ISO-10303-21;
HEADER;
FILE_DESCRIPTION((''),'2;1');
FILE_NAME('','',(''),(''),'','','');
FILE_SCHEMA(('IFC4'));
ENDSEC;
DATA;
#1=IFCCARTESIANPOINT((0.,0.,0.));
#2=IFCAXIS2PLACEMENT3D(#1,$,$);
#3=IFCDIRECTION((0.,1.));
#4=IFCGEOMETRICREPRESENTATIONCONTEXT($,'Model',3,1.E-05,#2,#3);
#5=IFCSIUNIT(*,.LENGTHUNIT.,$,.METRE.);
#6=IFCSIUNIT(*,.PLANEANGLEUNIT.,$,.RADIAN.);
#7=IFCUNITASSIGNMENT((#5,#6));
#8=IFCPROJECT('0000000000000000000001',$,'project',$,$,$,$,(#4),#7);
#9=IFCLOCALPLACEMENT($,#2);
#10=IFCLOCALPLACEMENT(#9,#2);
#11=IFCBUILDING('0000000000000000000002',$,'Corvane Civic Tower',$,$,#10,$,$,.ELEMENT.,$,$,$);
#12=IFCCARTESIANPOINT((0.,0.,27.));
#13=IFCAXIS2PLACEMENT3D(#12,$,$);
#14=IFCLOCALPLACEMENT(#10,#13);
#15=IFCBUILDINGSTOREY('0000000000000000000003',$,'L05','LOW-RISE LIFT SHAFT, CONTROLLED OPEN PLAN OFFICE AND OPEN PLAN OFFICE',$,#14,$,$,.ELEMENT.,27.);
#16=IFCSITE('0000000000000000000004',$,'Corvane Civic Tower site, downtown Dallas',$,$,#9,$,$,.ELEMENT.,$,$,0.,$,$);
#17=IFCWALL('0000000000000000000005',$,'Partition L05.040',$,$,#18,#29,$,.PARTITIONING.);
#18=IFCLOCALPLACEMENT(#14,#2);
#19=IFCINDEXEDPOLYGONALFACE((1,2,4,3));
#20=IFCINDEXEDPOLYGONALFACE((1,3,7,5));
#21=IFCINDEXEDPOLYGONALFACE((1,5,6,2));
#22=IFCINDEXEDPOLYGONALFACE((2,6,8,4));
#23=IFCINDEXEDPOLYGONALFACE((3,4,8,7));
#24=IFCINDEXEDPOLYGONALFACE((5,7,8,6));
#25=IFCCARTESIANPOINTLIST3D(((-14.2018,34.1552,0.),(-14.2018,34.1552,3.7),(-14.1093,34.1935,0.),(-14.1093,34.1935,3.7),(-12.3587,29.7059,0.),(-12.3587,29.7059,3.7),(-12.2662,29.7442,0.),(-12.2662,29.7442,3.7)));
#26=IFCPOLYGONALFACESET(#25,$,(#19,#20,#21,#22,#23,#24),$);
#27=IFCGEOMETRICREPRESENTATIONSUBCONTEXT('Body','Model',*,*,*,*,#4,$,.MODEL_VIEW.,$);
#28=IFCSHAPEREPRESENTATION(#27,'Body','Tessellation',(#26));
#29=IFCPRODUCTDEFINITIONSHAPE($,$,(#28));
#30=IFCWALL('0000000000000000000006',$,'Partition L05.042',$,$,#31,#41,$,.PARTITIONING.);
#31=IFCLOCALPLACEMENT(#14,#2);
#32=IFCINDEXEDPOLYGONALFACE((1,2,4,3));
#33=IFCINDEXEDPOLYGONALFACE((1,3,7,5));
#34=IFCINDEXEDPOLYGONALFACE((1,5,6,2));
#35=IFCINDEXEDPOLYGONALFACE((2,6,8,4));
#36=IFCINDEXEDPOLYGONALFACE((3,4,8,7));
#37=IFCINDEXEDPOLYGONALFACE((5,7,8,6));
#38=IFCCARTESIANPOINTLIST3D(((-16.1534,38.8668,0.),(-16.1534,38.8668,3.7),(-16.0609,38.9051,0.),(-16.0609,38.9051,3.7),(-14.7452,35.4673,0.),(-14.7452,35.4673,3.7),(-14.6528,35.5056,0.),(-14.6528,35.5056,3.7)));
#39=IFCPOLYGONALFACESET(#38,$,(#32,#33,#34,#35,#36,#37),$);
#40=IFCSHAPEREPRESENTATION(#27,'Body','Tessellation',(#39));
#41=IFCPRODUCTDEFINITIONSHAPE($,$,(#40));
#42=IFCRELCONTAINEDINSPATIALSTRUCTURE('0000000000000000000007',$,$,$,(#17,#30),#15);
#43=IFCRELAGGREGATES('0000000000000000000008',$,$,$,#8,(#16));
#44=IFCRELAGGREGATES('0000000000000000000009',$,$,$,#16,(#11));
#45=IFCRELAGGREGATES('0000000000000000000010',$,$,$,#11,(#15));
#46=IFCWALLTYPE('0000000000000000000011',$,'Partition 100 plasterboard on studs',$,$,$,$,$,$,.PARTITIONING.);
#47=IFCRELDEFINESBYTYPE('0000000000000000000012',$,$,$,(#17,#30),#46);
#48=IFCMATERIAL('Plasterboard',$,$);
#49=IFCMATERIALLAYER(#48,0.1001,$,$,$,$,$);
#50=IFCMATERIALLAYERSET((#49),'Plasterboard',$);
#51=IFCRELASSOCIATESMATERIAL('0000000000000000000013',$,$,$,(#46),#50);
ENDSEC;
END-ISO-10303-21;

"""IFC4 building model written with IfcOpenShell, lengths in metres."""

from ifc_helpers import new_model, si_unit, direction, frame, frame_2d, origin, place, context, subcontext, project, spatial, rectangle, extrude, material, layer, layer_set, type_object, element, save


model = new_model("IFC4")

# Units and contexts
model_context = context("Model", 3, precision=1e-05, world=origin(), true_north=direction((0.0, 1.0)))
body_context = subcontext(model_context, "Body", "Model", "MODEL_VIEW")
ifc_project = project(units=[si_unit("LENGTHUNIT", "METRE"), si_unit("PLANEANGLEUNIT", "RADIAN")], contexts=[model_context])

# Site, building, storey
site_placement = place(None, origin())
site = spatial("IfcSite", under=ifc_project, at=site_placement, Name="Corvane Civic Tower site, downtown Dallas", CompositionType="ELEMENT", RefElevation=0.0)
building_placement = place(site_placement, origin())
building = spatial("IfcBuilding", under=site, at=building_placement, Name="Corvane Civic Tower", CompositionType="ELEMENT")
storey_placement = place(building_placement, frame((0.0, 0.0, 27.0)))
storey = spatial("IfcBuildingStorey", under=building, at=storey_placement, Name="L05", Description="LOW-RISE LIFT SHAFT, CONTROLLED OPEN PLAN OFFICE AND OPEN PLAN OFFICE", CompositionType="ELEMENT", Elevation=27.0)

# Walls
ifc_material_1 = material(Name="Plasterboard")
ifc_layer_1 = layer(ifc_material_1, 0.1001)
ifc_layer_set_1 = layer_set([ifc_layer_1], Name="Plasterboard")
wall_type = type_object("IfcWallType", Name="Partition 100 plasterboard on studs", PredefinedType="PARTITIONING", material=ifc_layer_set_1)
wall_1_placement = place(storey_placement, frame((-14.1555, 34.1743, 0.0), z_axis=(0.0, 0.0, 1.0), x_axis=(0.3827, -0.923873, 0.0)))
element("IfcWall", 1, at=wall_1_placement, inside=storey, type_object=wall_type, Name="Partition L05.040", PredefinedType="PARTITIONING", context=body_context, shape_type="SweptSolid", body=[
    extrude(rectangle(XDim=4.8159, YDim=0.1001, at=frame_2d((2.408, 0.0))), origin(), (0.0, 0.0, 1.0), 3.7),
])
wall_2_placement = place(storey_placement, frame((-16.1072, 38.886, 0.0), z_axis=(0.0, 0.0, 1.0), x_axis=(0.382688, -0.923878, 0.0)))
element("IfcWall", 2, at=wall_2_placement, inside=storey, type_object=wall_type, Name="Partition L05.042", PredefinedType="PARTITIONING", context=body_context, shape_type="SweptSolid", body=[
    extrude(rectangle(XDim=3.6797, YDim=0.1001, at=frame_2d((1.8398, 0.0))), origin(), (0.0, 0.0, 1.0), 3.7),
])

save(model, "model.ifc")
